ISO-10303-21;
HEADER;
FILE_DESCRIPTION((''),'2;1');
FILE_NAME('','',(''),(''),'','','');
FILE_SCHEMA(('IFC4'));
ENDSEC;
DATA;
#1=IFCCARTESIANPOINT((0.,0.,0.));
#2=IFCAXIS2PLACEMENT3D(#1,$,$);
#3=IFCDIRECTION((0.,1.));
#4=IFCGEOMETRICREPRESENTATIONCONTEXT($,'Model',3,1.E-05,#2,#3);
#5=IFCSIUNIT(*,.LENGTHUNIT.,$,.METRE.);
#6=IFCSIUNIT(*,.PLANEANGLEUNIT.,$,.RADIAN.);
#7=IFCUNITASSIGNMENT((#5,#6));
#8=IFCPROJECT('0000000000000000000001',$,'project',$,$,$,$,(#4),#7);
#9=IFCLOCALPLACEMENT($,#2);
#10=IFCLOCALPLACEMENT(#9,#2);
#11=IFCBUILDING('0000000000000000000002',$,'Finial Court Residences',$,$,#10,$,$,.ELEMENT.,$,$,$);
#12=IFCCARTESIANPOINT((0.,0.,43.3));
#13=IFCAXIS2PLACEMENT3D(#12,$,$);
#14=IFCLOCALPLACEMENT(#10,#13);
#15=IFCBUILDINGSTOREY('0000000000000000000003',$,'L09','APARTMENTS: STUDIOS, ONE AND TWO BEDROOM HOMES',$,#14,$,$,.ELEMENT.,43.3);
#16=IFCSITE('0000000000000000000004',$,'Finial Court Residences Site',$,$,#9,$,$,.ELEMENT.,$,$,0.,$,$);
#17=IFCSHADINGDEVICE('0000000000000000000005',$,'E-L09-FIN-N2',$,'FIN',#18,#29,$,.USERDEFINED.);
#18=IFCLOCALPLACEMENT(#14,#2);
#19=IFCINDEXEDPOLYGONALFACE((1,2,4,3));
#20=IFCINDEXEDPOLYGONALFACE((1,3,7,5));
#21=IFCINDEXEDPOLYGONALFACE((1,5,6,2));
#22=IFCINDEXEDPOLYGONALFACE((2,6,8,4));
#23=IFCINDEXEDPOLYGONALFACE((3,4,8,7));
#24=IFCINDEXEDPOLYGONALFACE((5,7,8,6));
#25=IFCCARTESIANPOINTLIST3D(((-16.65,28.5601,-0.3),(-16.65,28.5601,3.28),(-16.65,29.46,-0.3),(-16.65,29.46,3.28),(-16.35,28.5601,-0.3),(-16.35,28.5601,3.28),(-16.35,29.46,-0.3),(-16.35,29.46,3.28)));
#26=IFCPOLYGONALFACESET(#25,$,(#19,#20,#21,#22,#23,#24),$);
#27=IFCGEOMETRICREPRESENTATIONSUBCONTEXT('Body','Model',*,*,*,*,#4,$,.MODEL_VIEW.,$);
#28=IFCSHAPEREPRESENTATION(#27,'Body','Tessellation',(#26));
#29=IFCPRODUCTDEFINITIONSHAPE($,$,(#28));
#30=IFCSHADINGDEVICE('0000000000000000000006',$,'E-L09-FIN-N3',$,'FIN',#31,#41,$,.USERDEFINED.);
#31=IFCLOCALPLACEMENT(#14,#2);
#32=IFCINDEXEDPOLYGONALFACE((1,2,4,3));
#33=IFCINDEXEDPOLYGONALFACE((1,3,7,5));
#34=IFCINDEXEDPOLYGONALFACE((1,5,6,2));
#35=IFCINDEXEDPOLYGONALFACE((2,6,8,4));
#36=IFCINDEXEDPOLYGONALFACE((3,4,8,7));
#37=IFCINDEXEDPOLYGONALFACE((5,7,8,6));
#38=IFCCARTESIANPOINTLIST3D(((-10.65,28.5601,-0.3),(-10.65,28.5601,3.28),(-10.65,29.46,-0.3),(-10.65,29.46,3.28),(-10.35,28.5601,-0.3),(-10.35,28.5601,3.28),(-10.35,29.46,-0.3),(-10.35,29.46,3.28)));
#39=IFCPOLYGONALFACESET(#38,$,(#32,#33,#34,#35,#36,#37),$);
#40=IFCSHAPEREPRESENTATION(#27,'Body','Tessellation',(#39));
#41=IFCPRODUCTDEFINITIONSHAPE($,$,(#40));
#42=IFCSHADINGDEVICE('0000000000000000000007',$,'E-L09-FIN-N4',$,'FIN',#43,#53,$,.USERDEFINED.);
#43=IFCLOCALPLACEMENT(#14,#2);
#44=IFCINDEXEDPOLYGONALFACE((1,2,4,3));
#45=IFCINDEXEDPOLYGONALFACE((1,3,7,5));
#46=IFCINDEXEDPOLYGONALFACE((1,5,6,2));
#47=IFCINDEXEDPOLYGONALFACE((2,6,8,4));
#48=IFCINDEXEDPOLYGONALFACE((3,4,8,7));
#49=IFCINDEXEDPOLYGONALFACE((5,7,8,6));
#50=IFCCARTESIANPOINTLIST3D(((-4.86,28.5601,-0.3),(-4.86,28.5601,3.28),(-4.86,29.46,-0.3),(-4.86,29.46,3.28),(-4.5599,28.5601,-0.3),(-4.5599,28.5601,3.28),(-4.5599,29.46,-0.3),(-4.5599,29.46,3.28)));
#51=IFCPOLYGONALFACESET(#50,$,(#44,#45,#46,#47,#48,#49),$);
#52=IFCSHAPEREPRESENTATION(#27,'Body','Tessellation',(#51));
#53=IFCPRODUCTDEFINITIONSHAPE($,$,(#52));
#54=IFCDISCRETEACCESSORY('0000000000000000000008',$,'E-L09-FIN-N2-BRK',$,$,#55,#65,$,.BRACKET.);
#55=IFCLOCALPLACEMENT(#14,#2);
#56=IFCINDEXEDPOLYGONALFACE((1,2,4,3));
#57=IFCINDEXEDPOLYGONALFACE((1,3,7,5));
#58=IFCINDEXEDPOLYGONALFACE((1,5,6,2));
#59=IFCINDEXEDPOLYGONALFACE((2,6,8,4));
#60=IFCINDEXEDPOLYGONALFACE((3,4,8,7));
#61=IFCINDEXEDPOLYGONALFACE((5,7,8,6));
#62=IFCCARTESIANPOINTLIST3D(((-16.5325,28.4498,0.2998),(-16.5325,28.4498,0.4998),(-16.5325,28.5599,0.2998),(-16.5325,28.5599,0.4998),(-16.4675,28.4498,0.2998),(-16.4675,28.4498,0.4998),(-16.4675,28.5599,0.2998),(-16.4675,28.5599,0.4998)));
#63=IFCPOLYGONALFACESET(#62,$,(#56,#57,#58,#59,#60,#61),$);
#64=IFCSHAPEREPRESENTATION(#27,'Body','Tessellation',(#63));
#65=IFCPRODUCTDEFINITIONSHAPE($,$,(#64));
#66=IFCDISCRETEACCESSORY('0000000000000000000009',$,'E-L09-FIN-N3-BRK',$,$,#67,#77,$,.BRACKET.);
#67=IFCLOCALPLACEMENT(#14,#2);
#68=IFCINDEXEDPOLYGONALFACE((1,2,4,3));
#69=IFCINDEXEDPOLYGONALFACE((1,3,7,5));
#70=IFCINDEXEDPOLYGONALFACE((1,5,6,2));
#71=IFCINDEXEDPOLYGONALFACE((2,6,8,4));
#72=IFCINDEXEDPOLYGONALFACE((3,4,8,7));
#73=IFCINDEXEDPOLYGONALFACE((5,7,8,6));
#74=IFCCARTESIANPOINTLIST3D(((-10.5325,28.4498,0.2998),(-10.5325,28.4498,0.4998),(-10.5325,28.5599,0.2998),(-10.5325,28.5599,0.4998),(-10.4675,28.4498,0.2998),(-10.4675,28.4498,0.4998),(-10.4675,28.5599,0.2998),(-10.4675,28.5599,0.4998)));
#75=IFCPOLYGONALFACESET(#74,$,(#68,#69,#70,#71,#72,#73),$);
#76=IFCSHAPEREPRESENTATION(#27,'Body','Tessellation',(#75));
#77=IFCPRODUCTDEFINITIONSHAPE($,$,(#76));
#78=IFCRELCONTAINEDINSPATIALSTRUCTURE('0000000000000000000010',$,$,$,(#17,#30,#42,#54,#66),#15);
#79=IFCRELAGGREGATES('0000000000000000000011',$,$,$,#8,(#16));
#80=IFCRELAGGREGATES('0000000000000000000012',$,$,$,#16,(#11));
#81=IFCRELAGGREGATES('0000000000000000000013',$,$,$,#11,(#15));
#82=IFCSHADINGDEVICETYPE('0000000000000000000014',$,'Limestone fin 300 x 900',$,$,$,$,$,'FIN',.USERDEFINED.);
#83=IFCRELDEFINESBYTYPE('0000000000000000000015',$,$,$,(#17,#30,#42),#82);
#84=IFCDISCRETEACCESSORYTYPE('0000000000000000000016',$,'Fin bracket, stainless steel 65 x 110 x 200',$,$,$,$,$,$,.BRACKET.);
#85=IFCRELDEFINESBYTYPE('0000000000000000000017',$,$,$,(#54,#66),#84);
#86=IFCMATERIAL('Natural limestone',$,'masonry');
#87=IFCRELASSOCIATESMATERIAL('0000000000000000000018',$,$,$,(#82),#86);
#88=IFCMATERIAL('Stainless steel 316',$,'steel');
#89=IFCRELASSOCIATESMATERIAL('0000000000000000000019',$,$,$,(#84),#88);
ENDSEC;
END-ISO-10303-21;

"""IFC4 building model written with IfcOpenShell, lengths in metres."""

from ifc_helpers import new_model, si_unit, direction, frame, origin, origin_2d, place, context, subcontext, project, spatial, rectangle, extrude, material, type_object, element, save


model = new_model("IFC4")

# Units and contexts
model_context = context("Model", 3, precision=1e-05, world=origin(), true_north=direction((0.0, 1.0)))
body_context = subcontext(model_context, "Body", "Model", "MODEL_VIEW")
ifc_project = project(units=[si_unit("LENGTHUNIT", "METRE"), si_unit("PLANEANGLEUNIT", "RADIAN")], contexts=[model_context])

# Site, building, storey
site_placement = place(None, origin())
site = spatial("IfcSite", under=ifc_project, at=site_placement, Name="Finial Court Residences Site", CompositionType="ELEMENT", RefElevation=0.0)
building_placement = place(site_placement, origin())
building = spatial("IfcBuilding", under=site, at=building_placement, Name="Finial Court Residences", CompositionType="ELEMENT")
storey_placement = place(building_placement, frame((0.0, 0.0, 43.3)))
storey = spatial("IfcBuildingStorey", under=building, at=storey_placement, Name="L09", Description="APARTMENTS: STUDIOS, ONE AND TWO BEDROOM HOMES", CompositionType="ELEMENT", Elevation=43.3)

# Shading devices
ifc_material_1 = material(Name="Natural limestone", Category="masonry")
shading_device_type = type_object("IfcShadingDeviceType", Name="Limestone fin 300 x 900", ElementType="FIN", PredefinedType="USERDEFINED", material=ifc_material_1)
for number, where, z_axis, x_axis, name in (
    (1, (-16.5, 29.01, -0.3), (0.0, 0.0, 1.0), (1.0, 0.0, 0.0), "E-L09-FIN-N2"),
    (2, (-10.5, 29.01, -0.3), (0.0, 0.0, 1.0), (1.0, 0.0, 0.0), "E-L09-FIN-N3"),
    (3, (-4.71, 29.01, -0.3), (0.0, 0.0, 1.0), (1.0, 0.0, 0.0), "E-L09-FIN-N4"),
):
    element("IfcShadingDevice", number, at=place(storey_placement, frame(where, z_axis=z_axis, x_axis=x_axis)), inside=storey, type_object=shading_device_type, Name=name, ObjectType="FIN", PredefinedType="USERDEFINED", context=body_context, shape_type="SweptSolid", body=[
        extrude(rectangle(XDim=0.3, YDim=0.8999, at=origin_2d()), origin(), (0.0, 0.0, 1.0), 3.5801),
    ])

# Discrete accessories
ifc_material_2 = material(Name="Stainless steel 316", Category="steel")
discrete_accessory_type = type_object("IfcDiscreteAccessoryType", Name="Fin bracket, stainless steel 65 x 110 x 200", PredefinedType="BRACKET", material=ifc_material_2)
for number, where, z_axis, x_axis, name in (
    (4, (-16.5, 28.5049, 0.2998), (0.0, 0.0, 1.0), (1.0, 0.0, 0.0), "E-L09-FIN-N2-BRK"),
    (5, (-10.5, 28.5049, 0.2998), (0.0, 0.0, 1.0), (1.0, 0.0, 0.0), "E-L09-FIN-N3-BRK"),
):
    element("IfcDiscreteAccessory", number, at=place(storey_placement, frame(where, z_axis=z_axis, x_axis=x_axis)), inside=storey, type_object=discrete_accessory_type, Name=name, PredefinedType="BRACKET", context=body_context, shape_type="SweptSolid", body=[
        extrude(rectangle(XDim=0.0649, YDim=0.1101, at=origin_2d()), origin(), (0.0, 0.0, 1.0), 0.2),
    ])

save(model, "model.ifc")
